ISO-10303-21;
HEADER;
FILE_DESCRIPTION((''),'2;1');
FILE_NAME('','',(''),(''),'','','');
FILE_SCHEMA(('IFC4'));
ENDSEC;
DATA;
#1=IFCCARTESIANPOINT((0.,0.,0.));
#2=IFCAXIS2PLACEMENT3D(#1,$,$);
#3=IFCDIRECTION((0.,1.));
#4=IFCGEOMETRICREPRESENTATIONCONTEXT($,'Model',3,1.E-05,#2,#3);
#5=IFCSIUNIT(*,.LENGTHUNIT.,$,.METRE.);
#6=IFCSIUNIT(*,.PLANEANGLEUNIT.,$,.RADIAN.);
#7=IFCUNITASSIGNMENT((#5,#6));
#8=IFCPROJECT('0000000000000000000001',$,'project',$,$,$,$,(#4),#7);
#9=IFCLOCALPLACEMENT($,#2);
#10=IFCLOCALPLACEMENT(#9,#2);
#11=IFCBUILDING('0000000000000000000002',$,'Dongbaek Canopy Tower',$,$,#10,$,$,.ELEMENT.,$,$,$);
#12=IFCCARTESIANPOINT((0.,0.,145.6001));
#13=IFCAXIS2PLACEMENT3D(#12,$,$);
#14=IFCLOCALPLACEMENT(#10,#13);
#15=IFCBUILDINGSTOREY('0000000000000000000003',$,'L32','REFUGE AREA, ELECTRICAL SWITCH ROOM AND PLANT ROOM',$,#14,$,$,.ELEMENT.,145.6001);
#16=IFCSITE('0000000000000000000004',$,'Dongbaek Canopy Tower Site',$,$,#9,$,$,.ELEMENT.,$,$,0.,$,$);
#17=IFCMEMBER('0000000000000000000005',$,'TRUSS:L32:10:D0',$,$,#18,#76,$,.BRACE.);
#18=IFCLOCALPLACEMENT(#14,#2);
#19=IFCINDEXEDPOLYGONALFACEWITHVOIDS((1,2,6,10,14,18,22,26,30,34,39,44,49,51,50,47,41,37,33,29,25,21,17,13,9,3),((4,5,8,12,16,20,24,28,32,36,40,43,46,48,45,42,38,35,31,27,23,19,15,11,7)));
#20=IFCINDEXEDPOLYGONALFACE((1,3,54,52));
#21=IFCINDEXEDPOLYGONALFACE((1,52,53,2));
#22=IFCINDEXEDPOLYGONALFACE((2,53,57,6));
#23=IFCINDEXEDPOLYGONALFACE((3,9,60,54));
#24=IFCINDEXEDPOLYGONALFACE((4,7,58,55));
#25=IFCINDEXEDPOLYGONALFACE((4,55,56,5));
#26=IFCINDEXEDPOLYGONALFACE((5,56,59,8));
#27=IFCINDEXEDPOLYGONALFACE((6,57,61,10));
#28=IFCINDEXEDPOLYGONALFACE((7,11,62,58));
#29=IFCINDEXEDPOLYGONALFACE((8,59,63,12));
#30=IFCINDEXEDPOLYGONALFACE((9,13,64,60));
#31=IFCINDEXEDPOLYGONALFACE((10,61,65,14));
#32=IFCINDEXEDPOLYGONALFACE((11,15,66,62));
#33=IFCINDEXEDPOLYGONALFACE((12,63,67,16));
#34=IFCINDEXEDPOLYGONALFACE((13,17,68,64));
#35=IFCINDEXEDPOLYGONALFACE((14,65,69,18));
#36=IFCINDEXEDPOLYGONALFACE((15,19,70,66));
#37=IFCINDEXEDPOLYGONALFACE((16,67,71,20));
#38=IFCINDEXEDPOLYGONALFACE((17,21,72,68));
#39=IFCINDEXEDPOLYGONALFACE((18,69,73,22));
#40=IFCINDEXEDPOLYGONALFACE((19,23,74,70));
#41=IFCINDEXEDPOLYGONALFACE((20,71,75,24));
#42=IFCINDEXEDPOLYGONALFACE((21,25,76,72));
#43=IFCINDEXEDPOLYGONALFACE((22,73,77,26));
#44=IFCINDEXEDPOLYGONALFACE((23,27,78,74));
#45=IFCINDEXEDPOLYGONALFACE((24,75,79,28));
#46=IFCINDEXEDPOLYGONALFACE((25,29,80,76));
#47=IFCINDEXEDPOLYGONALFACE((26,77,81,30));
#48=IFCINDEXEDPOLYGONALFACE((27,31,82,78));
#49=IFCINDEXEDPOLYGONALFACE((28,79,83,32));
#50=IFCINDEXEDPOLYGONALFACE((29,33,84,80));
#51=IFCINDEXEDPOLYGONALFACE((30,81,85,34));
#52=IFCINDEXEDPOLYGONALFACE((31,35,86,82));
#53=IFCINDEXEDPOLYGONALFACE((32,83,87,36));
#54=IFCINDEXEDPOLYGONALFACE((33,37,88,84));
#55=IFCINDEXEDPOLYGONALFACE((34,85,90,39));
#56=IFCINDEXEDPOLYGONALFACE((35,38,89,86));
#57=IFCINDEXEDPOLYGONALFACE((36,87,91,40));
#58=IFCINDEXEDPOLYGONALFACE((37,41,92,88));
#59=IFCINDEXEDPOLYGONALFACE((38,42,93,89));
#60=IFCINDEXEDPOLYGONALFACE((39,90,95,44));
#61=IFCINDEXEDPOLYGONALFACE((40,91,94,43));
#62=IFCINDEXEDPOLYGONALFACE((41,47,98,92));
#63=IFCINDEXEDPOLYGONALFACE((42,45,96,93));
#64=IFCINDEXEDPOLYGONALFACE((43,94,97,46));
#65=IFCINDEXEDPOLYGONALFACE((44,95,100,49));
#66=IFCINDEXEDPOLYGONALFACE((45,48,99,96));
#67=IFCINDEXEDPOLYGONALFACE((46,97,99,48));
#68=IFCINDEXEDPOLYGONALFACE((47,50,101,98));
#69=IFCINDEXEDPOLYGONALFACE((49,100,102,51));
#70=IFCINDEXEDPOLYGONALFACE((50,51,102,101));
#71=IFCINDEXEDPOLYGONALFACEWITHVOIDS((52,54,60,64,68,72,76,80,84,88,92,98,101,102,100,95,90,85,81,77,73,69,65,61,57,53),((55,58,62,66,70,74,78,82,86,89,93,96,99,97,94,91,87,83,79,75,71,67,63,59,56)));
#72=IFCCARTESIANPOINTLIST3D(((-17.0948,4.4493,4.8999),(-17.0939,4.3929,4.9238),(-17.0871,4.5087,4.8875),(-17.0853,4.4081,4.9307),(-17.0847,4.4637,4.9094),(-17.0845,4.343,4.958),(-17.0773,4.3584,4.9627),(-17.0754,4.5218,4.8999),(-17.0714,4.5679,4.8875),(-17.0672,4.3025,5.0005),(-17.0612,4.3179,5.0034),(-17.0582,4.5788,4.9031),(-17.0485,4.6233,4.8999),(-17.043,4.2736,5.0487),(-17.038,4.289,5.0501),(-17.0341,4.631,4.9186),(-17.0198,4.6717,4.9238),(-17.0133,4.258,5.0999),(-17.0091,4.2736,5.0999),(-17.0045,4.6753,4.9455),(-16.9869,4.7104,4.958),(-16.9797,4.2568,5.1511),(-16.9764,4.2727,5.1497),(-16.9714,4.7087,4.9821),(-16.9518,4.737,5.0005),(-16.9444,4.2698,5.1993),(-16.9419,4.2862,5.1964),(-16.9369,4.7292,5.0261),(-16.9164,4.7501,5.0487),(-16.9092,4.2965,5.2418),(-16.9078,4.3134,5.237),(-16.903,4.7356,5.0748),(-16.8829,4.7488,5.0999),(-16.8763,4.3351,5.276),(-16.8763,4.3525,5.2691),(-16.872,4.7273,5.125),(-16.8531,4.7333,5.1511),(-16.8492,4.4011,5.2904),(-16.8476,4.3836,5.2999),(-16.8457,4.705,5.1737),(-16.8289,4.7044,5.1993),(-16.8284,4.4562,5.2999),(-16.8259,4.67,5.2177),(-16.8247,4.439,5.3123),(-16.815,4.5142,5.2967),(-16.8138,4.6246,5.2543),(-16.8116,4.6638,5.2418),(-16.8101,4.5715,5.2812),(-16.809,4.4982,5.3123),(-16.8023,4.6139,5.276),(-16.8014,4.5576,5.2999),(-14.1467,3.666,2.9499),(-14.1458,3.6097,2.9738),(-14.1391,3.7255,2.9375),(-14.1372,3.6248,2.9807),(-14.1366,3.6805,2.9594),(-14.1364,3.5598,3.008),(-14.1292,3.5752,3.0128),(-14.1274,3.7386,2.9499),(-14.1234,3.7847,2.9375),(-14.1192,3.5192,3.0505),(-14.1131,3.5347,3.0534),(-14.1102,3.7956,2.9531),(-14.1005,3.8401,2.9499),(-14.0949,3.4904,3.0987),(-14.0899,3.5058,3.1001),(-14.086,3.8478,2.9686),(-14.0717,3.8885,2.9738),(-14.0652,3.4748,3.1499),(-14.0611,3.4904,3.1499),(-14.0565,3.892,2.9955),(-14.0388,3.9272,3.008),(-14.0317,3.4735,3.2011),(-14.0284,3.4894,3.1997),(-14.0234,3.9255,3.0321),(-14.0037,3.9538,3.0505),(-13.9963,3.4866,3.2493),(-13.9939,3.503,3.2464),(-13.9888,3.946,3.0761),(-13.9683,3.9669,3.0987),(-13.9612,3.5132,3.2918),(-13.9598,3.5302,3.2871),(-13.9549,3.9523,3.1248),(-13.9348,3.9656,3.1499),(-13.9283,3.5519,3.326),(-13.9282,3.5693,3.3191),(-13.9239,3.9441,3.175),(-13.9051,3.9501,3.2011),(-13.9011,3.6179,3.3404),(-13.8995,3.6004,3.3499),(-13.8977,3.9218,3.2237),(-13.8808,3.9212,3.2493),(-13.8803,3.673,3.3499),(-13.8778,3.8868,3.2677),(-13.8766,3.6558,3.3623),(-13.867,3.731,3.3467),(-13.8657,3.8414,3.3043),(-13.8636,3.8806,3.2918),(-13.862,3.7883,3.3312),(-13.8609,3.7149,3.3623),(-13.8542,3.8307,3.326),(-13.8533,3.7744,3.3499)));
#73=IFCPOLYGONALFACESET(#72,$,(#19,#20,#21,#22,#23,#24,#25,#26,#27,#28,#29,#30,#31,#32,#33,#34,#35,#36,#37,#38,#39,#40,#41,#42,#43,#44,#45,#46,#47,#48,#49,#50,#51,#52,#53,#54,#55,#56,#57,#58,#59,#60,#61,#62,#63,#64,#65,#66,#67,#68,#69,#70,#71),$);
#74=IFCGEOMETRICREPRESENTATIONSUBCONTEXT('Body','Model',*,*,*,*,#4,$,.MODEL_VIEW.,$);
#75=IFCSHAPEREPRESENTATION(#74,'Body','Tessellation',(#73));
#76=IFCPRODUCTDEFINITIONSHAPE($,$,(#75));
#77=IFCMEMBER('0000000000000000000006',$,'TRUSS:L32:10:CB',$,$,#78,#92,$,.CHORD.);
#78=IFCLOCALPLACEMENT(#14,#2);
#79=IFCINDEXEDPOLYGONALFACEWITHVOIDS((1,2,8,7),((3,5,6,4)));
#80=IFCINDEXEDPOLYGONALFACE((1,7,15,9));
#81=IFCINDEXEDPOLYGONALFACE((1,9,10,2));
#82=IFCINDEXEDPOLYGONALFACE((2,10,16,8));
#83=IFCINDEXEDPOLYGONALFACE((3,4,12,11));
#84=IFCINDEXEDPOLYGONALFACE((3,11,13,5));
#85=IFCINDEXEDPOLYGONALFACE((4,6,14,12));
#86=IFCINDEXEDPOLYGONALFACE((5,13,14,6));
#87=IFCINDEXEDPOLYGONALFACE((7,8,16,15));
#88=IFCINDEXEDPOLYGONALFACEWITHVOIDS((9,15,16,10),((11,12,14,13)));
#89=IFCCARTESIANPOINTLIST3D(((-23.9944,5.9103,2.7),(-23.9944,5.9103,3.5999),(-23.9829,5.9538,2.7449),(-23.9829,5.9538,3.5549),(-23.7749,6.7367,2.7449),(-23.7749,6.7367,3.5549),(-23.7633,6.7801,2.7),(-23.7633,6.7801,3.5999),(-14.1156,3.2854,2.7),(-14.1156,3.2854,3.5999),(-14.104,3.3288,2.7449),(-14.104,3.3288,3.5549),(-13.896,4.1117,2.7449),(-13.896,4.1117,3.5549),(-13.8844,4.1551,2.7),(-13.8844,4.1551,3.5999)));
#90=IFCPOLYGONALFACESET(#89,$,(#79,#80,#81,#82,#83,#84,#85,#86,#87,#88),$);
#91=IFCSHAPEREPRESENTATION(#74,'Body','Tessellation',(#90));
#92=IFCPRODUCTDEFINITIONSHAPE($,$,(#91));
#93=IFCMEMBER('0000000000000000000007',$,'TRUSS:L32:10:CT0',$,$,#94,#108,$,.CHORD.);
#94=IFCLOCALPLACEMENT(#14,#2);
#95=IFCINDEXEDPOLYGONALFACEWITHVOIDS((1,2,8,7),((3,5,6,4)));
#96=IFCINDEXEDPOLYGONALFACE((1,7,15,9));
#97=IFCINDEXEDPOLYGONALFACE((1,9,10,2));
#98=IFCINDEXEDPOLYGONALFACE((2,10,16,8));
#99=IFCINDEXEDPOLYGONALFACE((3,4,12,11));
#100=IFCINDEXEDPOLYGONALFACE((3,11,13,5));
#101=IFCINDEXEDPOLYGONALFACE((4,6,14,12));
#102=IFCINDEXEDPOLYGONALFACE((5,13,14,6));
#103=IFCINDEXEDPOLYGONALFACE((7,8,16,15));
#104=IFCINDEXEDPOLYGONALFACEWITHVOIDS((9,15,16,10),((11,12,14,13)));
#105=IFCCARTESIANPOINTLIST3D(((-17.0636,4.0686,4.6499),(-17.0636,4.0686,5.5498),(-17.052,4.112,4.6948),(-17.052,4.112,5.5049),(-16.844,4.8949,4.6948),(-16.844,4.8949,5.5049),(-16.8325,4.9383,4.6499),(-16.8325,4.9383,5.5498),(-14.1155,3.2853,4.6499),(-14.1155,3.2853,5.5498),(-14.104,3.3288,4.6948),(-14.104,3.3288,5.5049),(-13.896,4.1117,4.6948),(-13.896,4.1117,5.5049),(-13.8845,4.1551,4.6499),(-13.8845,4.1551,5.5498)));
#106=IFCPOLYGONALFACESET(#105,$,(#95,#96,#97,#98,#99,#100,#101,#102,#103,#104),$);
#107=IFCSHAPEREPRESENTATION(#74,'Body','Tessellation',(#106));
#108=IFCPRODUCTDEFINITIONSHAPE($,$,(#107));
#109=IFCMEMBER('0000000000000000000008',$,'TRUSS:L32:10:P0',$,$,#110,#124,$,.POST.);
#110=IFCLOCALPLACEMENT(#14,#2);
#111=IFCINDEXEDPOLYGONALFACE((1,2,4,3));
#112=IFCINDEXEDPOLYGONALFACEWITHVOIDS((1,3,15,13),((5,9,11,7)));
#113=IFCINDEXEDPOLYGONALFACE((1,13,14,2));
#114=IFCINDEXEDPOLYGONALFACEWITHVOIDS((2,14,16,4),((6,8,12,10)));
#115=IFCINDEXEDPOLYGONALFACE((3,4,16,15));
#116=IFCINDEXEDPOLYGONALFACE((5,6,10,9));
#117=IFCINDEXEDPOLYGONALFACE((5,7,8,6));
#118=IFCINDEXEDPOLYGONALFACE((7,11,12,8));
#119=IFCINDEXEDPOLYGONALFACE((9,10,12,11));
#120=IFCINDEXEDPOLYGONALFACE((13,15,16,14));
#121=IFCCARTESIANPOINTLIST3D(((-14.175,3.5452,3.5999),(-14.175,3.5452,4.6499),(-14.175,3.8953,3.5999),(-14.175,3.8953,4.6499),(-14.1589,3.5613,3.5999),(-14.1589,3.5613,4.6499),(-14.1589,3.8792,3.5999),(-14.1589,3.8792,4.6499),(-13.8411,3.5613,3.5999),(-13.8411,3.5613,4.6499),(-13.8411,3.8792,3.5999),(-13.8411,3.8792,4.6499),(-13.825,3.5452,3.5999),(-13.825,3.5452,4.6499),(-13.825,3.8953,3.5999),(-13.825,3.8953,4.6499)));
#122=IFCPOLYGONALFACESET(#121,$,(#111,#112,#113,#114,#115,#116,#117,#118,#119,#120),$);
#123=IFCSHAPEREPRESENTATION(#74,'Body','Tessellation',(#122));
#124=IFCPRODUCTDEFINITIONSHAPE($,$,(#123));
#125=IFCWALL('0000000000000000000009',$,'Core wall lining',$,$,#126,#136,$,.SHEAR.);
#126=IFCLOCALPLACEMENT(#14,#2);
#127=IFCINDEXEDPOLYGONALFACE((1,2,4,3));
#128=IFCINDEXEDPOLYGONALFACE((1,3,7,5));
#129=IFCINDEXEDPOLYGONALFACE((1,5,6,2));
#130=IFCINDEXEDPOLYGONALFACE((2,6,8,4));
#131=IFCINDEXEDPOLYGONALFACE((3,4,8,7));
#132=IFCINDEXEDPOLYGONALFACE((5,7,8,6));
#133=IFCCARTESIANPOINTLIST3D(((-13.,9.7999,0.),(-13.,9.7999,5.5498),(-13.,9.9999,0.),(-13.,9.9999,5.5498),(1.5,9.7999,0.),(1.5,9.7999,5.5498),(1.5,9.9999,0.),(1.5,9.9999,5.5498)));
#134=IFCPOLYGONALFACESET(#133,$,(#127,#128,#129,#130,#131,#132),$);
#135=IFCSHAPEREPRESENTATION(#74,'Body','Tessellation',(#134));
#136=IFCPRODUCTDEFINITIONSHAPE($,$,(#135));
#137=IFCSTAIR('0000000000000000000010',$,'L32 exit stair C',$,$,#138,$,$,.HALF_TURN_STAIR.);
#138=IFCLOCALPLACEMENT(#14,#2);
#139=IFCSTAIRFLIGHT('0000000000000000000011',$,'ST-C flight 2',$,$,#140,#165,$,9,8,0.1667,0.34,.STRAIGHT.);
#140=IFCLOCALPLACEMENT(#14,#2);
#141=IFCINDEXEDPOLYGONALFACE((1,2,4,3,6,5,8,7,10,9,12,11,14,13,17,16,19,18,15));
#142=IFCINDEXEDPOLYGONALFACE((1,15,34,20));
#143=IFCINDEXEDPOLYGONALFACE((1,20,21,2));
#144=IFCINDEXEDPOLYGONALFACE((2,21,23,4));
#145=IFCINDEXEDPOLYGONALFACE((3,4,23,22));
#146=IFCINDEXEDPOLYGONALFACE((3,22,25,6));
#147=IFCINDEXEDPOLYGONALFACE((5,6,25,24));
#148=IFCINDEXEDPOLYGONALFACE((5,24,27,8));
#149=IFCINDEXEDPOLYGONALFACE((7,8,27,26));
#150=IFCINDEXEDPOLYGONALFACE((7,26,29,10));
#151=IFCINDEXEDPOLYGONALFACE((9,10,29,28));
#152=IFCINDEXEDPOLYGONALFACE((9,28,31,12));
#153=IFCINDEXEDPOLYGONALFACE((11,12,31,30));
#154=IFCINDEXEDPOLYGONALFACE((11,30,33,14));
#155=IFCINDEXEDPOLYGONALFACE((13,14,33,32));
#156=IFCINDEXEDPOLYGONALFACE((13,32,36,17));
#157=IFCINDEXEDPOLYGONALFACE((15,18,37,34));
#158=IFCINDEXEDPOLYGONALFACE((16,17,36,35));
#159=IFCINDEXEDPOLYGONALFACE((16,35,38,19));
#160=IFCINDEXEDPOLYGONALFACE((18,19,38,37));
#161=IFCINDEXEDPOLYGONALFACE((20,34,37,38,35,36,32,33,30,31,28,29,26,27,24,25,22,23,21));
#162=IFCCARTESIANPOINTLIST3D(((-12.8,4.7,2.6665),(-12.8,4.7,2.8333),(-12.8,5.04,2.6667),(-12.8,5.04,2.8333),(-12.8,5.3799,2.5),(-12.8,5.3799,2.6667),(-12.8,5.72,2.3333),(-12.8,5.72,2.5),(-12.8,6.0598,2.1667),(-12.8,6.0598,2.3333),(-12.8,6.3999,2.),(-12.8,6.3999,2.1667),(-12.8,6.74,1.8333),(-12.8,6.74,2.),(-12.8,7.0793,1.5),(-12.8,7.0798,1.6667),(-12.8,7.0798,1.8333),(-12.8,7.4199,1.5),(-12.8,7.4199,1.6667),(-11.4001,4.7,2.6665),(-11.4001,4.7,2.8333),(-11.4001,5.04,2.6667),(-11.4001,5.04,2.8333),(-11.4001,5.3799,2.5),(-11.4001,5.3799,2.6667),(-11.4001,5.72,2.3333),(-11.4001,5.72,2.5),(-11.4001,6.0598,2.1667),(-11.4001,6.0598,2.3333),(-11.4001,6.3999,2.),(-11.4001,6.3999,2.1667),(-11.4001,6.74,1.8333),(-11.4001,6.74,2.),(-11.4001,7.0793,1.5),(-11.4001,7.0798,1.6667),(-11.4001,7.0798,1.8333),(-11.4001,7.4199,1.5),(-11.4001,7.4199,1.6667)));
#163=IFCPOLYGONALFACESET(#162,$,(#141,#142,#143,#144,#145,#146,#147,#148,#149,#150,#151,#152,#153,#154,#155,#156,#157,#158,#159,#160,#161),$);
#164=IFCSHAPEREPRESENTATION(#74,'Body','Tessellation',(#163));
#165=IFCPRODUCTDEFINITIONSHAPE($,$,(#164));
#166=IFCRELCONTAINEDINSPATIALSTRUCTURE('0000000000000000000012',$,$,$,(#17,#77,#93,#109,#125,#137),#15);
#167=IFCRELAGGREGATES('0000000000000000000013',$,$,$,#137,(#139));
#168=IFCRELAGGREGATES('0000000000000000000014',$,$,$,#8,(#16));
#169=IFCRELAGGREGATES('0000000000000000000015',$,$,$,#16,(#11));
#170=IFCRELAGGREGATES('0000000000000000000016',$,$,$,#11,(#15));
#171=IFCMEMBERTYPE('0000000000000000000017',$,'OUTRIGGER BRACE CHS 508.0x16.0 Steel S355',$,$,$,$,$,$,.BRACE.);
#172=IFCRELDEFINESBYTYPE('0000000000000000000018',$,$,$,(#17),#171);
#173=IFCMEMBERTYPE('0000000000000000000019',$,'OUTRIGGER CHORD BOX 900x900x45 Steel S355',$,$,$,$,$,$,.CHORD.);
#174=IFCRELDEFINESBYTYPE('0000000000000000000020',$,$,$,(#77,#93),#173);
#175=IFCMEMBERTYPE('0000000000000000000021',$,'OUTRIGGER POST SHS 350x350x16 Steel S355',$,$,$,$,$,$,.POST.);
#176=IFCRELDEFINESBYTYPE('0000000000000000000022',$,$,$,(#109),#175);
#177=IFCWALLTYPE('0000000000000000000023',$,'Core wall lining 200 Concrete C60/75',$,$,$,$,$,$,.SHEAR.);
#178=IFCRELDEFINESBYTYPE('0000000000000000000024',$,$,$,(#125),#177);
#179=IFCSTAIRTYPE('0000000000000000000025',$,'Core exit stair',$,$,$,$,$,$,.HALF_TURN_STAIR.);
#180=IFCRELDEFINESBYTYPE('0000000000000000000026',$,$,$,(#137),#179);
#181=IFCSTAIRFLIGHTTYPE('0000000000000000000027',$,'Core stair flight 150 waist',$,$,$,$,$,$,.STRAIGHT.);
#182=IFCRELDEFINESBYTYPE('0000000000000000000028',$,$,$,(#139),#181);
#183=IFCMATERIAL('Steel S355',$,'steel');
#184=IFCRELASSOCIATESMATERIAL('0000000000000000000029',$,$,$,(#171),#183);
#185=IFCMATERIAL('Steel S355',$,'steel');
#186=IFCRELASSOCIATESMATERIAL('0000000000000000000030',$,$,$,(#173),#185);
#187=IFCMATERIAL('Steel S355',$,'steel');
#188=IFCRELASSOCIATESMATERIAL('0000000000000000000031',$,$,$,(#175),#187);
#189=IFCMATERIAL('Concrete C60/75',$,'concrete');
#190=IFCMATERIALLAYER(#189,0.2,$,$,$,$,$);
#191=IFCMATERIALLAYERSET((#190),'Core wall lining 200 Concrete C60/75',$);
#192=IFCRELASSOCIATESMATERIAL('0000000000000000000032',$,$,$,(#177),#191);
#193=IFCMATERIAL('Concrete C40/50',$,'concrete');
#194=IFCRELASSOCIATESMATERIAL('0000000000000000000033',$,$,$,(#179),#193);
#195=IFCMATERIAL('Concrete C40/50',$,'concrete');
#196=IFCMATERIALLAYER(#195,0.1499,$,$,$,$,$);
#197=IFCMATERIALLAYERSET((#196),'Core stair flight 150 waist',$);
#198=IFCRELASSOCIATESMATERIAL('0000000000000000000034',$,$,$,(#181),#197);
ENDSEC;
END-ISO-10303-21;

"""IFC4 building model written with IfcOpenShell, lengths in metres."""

from ifc_helpers import new_model, si_unit, direction, frame, frame_2d, origin, origin_2d, place, context, subcontext, project, spatial, polyline, rectangle, hollow_rectangle, hollow_circle, outline, extrude, material, layer, layer_set, material_profile, profile_set, type_object, element, aggregate, save


model = new_model("IFC4")

# Units and contexts
model_context = context("Model", 3, precision=1e-05, world=origin(), true_north=direction((0.0, 1.0)))
body_context = subcontext(model_context, "Body", "Model", "MODEL_VIEW")
ifc_project = project(units=[si_unit("LENGTHUNIT", "METRE"), si_unit("PLANEANGLEUNIT", "RADIAN")], contexts=[model_context])

# Site, building, storey
site_placement = place(None, origin())
site = spatial("IfcSite", under=ifc_project, at=site_placement, Name="Dongbaek Canopy Tower Site", CompositionType="ELEMENT", RefElevation=0.0)
building_placement = place(site_placement, origin())
building = spatial("IfcBuilding", under=site, at=building_placement, Name="Dongbaek Canopy Tower", CompositionType="ELEMENT")
storey_placement = place(building_placement, frame((0.0, 0.0, 145.6001)))
storey = spatial("IfcBuildingStorey", under=building, at=storey_placement, Name="L32", Description="REFUGE AREA, ELECTRICAL SWITCH ROOM AND PLANT ROOM", CompositionType="ELEMENT", Elevation=145.6001)

# Members
ifc_material_1 = material(Name="Steel S355", Category="steel")
ifc_material_profile_1 = material_profile(ifc_material_1, hollow_circle(Radius=0.2539, WallThickness=0.0161, at=origin_2d()), Name="OUTRIGGER BRACE CHS 508.0x16.0 Steel S355")
ifc_profile_set_1 = profile_set([ifc_material_profile_1], Name="Steel S355")
member_type_1 = type_object("IfcMemberType", Name="OUTRIGGER BRACE CHS 508.0x16.0 Steel S355", PredefinedType="BRACE", material=ifc_profile_set_1)
member_1_placement = place(storey_placement, frame((-14.0, 3.7202, 3.1499), z_axis=(-0.814302, 0.216338, 0.538619), x_axis=(-0.256766, -0.966474, 0.0)))
element("IfcMember", 1, at=member_1_placement, inside=storey, type_object=member_type_1, Name="TRUSS:L32:10:D0", PredefinedType="BRACE", context=body_context, shape_type="SweptSolid", body=[
    extrude(hollow_circle(Radius=0.2539, WallThickness=0.0161, at=origin_2d()), origin(), (0.0, 0.0, 1.0), 3.6204),
])
ifc_material_2 = material(Name="Steel S355", Category="steel")
ifc_material_profile_2 = material_profile(ifc_material_2, hollow_rectangle(XDim=0.8999, YDim=0.8999, WallThickness=0.0449, at=origin_2d()), Name="OUTRIGGER CHORD BOX 900x900x45 Steel S355")
ifc_profile_set_2 = profile_set([ifc_material_profile_2], Name="Steel S355")
member_type_2 = type_object("IfcMemberType", Name="OUTRIGGER CHORD BOX 900x900x45 Steel S355", PredefinedType="CHORD", material=ifc_profile_set_2)
member_2_placement = place(storey_placement, frame((-14.0, 3.7202, 3.1499), z_axis=(-0.966463, 0.256806, 0.0), x_axis=(-0.256806, -0.966463, 0.0)))
element("IfcMember", 2, at=member_2_placement, inside=storey, type_object=member_type_2, Name="TRUSS:L32:10:CB", PredefinedType="CHORD", context=body_context, shape_type="SweptSolid", body=[
    extrude(hollow_rectangle(XDim=0.8999, YDim=0.8999, WallThickness=0.0449, at=origin_2d()), origin(), (0.0, 0.0, 1.0), 10.2217),
])
member_3_placement = place(storey_placement, frame((-14.0, 3.7202, 5.0999), z_axis=(-0.966474, 0.256766, 0.0), x_axis=(-0.256766, -0.966474, 0.0)))
element("IfcMember", 3, at=member_3_placement, inside=storey, type_object=member_type_2, Name="TRUSS:L32:10:CT0", PredefinedType="CHORD", context=body_context, shape_type="SweptSolid", body=[
    extrude(hollow_rectangle(XDim=0.8999, YDim=0.8999, WallThickness=0.0449, at=origin_2d()), origin(), (0.0, 0.0, 1.0), 3.0503),
])
ifc_material_3 = material(Name="Steel S355", Category="steel")
ifc_material_profile_3 = material_profile(ifc_material_3, hollow_rectangle(XDim=0.3501, YDim=0.3501, WallThickness=0.0161, at=origin_2d()), Name="OUTRIGGER POST SHS 350x350x16 Steel S355")
ifc_profile_set_3 = profile_set([ifc_material_profile_3], Name="Steel S355")
member_type_3 = type_object("IfcMemberType", Name="OUTRIGGER POST SHS 350x350x16 Steel S355", PredefinedType="POST", material=ifc_profile_set_3)
member_4_placement = place(storey_placement, frame((-14.0, 3.7202, 3.5999), z_axis=(0.0, 0.0, 1.0), x_axis=(1.0, 0.0, 0.0)))
element("IfcMember", 4, at=member_4_placement, inside=storey, type_object=member_type_3, Name="TRUSS:L32:10:P0", PredefinedType="POST", context=body_context, shape_type="SweptSolid", body=[
    extrude(hollow_rectangle(XDim=0.3501, YDim=0.3501, WallThickness=0.0161, at=origin_2d()), origin(), (0.0, 0.0, 1.0), 1.05),
])

# Wall
ifc_material_4 = material(Name="Concrete C60/75", Category="concrete")
ifc_layer_1 = layer(ifc_material_4, 0.2)
ifc_layer_set_1 = layer_set([ifc_layer_1], Name="Core wall lining 200 Concrete C60/75")
wall_type = type_object("IfcWallType", Name="Core wall lining 200 Concrete C60/75", PredefinedType="SHEAR", material=ifc_layer_set_1)
wall_placement = place(storey_placement, frame((-13.0, 9.8999, 0.0), z_axis=(0.0, 0.0, 1.0), x_axis=(1.0, 0.0, 0.0)))
element("IfcWall", 5, at=wall_placement, inside=storey, type_object=wall_type, Name="Core wall lining", PredefinedType="SHEAR", context=body_context, shape_type="SweptSolid", body=[
    extrude(rectangle(XDim=14.5, YDim=0.2, at=frame_2d((7.25, 0.0))), origin(), (0.0, 0.0, 1.0), 5.5498),
])

# Stair, stair flight
ifc_material_5 = material(Name="Concrete C40/50", Category="concrete")
stair_type = type_object("IfcStairType", Name="Core exit stair", PredefinedType="HALF_TURN_STAIR", material=ifc_material_5)
stair_placement = place(storey_placement, origin())
stair = element("IfcStair", 6, at=stair_placement, inside=storey, type_object=stair_type, Name="L32 exit stair C", PredefinedType="HALF_TURN_STAIR")
ifc_material_6 = material(Name="Concrete C40/50", Category="concrete")
ifc_layer_2 = layer(ifc_material_6, 0.1499)
ifc_layer_set_2 = layer_set([ifc_layer_2], Name="Core stair flight 150 waist")
stair_flight_type = type_object("IfcStairFlightType", Name="Core stair flight 150 waist", PredefinedType="STRAIGHT", material=ifc_layer_set_2)
stair_flight_1_placement = place(storey_placement, frame((-12.1001, 7.4199, 1.5), z_axis=(0.0, 0.0, 1.0), x_axis=(0.0, -1.0, 0.0)))
stair_flight_1 = element("IfcStairFlight", 7, at=stair_flight_1_placement, type_object=stair_flight_type, Name="ST-C flight 2", NumberOfRisers=9, NumberOfTreads=8, PredefinedType="STRAIGHT", RiserHeight=0.1667, TreadLength=0.34, context=body_context, shape_type="SweptSolid", body=[
    extrude(outline(polyline([(0.0, 0.0), (0.0, 0.1667), (0.3401, 0.1667), (0.3401, 0.3333), (0.6799, 0.3333), (0.6799, 0.5), (1.02, 0.5), (1.02, 0.6667), (1.3601, 0.6667), (1.3601, 0.8333), (1.7, 0.8333), (1.7, 1.0), (2.04, 1.0), (2.04, 1.1667), (2.3799, 1.1667), (2.3799, 1.3333), (2.72, 1.3333), (2.72, 1.5), (2.72, 1.1665), (0.3406, 0.0), (0.0, 0.0)])), frame((0.0, 0.7, 0.0), z_axis=(0.0, -1.0, 0.0), x_axis=(1.0, 0.0, 0.0)), (0.0, 0.0, 1.0), 1.3999),
])
aggregate(stair, [stair_flight_1])

save(model, "model.ifc")
